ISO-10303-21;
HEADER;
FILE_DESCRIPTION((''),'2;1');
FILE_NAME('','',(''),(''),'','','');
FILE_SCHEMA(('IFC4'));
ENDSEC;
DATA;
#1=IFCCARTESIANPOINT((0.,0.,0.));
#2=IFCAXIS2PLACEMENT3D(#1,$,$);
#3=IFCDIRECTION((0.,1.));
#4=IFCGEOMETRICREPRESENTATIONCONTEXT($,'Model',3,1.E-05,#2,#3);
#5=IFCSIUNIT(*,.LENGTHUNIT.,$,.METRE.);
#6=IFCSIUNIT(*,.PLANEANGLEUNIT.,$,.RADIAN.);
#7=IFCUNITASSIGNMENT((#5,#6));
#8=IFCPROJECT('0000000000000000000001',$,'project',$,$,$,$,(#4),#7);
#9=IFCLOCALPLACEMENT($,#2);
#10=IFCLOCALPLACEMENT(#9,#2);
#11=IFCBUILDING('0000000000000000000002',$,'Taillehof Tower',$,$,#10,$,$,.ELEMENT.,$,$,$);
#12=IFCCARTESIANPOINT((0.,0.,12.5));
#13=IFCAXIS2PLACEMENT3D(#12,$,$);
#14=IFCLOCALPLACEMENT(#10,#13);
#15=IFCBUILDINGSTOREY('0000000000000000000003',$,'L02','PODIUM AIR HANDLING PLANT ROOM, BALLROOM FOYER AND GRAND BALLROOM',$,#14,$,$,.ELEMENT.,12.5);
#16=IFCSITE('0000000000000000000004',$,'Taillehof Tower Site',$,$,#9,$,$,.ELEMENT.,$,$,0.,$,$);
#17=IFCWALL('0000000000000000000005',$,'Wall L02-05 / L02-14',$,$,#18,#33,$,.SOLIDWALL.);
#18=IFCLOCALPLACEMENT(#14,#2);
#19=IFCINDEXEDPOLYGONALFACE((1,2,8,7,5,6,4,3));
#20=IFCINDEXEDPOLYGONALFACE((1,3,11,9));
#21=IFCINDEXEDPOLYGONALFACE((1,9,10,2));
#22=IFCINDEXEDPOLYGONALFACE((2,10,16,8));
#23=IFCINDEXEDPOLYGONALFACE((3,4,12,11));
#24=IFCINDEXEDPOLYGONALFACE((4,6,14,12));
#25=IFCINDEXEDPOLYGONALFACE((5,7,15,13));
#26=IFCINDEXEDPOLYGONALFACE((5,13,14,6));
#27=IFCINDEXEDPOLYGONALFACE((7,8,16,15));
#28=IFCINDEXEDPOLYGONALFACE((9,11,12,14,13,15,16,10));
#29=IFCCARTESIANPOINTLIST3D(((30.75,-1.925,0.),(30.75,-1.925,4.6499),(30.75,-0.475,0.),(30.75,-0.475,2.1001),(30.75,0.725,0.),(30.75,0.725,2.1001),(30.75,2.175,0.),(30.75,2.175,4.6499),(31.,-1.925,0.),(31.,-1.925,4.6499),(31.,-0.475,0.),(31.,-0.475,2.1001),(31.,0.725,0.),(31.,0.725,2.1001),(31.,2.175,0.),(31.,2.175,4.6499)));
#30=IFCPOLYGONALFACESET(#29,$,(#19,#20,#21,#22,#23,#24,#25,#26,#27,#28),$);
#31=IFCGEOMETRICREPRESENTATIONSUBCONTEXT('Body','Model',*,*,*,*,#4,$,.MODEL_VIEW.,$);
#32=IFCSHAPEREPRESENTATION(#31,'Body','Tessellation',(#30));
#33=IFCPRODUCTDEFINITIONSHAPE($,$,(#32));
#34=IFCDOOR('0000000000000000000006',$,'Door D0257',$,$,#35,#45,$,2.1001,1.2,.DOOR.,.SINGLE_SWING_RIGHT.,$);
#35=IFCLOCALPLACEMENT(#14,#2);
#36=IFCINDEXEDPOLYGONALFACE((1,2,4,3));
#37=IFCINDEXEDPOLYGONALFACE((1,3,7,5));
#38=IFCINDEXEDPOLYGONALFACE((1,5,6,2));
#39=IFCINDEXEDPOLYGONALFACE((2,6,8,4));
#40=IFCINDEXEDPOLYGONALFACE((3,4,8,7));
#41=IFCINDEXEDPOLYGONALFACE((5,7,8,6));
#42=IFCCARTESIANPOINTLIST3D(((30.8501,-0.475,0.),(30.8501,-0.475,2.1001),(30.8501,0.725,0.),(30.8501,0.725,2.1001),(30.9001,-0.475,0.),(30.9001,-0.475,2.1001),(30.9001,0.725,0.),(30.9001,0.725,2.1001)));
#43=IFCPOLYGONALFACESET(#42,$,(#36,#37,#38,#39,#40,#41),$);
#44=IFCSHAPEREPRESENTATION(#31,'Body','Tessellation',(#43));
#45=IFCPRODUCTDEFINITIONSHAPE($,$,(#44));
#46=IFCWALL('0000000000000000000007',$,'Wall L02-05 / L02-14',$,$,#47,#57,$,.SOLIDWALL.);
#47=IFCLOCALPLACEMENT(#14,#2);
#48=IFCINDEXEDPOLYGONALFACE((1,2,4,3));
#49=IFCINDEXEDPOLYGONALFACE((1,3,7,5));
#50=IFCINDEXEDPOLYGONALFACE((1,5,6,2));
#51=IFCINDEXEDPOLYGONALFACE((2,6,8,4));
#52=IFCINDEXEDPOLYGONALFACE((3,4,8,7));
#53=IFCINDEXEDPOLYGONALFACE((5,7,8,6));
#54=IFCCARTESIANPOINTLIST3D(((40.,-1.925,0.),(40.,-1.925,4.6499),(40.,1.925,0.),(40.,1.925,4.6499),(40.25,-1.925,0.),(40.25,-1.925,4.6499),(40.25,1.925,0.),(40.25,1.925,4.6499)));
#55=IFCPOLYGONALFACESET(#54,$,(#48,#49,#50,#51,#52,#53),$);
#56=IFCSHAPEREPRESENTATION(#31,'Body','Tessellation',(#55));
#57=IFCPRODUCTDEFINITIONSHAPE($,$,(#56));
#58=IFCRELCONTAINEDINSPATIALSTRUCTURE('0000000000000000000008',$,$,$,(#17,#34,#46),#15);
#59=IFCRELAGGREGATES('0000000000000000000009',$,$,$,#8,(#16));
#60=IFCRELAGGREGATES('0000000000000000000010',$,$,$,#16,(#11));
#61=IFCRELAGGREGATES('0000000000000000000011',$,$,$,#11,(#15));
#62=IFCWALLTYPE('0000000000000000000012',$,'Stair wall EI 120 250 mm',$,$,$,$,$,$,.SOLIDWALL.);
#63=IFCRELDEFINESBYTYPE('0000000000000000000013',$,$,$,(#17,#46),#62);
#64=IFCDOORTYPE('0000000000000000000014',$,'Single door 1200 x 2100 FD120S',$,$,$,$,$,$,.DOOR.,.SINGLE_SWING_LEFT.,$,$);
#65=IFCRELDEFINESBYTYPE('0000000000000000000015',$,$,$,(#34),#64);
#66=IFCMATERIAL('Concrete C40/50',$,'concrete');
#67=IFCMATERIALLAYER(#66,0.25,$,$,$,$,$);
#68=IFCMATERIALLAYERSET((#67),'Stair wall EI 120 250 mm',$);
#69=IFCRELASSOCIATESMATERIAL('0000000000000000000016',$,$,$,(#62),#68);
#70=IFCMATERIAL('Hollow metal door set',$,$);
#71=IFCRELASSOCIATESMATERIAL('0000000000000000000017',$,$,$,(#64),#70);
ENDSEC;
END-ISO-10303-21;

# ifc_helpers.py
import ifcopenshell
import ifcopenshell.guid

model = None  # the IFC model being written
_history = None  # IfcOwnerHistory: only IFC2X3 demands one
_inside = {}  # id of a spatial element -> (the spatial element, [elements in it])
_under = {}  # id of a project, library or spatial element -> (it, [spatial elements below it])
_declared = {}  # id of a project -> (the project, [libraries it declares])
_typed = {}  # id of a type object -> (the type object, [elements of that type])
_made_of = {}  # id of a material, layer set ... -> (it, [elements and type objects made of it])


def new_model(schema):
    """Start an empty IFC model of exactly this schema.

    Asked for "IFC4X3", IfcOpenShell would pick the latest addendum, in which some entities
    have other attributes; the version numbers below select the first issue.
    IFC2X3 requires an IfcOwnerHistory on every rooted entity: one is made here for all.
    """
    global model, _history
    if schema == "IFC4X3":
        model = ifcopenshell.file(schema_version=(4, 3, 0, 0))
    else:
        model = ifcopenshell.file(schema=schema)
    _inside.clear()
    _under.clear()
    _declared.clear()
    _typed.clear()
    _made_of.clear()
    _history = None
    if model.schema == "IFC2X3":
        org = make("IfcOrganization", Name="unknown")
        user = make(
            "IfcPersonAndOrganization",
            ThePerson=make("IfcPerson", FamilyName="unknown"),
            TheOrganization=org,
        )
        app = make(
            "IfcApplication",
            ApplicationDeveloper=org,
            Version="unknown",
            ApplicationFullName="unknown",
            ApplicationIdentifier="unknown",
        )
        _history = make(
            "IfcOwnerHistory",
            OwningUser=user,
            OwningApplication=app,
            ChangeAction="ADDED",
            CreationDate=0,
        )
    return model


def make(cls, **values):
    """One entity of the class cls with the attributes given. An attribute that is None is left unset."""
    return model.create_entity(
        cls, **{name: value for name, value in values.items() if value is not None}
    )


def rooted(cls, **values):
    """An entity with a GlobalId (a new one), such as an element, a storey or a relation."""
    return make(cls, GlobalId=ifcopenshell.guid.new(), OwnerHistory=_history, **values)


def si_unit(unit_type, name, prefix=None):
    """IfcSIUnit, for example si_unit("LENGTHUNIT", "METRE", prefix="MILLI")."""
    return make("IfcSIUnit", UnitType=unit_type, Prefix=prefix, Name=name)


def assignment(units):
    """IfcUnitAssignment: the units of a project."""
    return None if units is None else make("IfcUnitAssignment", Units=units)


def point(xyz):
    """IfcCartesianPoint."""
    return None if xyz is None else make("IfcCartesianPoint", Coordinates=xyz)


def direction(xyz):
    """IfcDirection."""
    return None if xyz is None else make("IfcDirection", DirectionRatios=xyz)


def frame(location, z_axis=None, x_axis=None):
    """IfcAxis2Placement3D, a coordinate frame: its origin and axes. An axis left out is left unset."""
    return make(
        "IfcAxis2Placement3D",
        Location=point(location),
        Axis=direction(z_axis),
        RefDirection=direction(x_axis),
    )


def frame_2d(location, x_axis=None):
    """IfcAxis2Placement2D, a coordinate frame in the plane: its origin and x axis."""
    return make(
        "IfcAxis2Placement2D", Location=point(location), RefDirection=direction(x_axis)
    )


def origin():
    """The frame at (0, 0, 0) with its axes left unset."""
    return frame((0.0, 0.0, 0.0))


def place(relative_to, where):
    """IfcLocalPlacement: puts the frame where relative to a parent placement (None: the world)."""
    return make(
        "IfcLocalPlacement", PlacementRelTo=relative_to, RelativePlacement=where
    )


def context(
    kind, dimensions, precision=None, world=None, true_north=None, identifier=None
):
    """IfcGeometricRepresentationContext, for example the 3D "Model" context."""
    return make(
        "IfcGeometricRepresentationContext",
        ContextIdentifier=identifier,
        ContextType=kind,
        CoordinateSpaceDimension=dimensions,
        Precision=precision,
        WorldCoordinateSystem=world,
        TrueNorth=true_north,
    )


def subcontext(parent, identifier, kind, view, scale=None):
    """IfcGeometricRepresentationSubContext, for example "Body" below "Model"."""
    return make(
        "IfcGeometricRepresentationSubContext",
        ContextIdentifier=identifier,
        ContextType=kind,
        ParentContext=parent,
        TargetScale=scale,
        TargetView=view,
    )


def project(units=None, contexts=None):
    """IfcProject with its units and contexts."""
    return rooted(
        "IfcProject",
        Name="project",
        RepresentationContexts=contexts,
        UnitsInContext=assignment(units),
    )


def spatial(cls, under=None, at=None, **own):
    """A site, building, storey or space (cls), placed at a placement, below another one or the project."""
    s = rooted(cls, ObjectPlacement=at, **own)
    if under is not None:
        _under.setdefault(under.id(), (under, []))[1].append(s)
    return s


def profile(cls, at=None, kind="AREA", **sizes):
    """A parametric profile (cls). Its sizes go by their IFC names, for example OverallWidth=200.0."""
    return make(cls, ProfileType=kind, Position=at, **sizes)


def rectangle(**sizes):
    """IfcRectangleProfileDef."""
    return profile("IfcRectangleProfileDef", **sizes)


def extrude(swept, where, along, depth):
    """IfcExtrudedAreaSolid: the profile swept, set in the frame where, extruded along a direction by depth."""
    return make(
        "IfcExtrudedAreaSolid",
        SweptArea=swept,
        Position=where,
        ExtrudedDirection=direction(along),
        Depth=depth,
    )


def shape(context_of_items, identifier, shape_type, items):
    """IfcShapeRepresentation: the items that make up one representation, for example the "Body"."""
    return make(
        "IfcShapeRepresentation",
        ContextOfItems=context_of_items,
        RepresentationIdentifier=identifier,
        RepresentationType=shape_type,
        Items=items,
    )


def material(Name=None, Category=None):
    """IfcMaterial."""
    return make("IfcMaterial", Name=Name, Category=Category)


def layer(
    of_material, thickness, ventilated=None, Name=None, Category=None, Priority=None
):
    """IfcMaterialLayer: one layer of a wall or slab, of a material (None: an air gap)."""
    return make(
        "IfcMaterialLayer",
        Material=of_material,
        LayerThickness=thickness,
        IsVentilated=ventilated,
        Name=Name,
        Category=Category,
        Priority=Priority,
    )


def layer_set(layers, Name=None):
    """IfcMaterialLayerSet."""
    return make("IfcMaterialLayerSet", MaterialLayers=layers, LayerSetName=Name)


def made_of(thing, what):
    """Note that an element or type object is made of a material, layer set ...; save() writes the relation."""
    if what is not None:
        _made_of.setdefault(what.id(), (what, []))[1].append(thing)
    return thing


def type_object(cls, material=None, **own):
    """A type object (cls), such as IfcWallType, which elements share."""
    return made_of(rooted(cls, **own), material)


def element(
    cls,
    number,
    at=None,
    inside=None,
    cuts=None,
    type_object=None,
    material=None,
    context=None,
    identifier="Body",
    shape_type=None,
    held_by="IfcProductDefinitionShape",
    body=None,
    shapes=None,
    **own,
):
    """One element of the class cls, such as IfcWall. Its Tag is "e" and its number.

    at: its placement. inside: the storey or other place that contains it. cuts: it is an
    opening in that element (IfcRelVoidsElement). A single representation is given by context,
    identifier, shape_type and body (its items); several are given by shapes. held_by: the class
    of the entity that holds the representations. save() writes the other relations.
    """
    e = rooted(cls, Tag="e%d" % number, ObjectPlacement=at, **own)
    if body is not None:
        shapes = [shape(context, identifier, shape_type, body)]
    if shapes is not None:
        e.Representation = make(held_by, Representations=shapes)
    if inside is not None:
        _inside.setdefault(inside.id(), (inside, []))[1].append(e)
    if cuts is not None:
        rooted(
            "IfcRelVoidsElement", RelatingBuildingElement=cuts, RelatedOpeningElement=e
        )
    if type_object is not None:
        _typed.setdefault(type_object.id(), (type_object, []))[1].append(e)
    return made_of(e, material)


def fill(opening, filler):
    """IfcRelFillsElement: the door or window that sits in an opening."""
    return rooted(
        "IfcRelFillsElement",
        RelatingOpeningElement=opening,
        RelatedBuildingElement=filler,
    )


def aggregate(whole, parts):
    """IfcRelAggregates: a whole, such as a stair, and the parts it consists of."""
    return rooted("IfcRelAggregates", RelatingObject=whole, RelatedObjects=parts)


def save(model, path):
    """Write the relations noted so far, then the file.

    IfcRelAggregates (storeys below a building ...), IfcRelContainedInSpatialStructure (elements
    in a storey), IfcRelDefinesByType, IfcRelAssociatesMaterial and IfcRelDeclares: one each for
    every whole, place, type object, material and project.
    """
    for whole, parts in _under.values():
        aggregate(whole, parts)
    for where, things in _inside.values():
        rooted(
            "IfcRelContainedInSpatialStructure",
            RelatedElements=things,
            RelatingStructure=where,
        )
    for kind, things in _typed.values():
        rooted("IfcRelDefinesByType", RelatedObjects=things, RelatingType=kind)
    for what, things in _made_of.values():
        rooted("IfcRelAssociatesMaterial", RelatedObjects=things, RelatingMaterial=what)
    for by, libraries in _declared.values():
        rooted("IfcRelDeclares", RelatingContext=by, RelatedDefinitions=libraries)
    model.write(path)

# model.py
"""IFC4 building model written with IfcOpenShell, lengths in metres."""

from ifc_helpers import new_model, si_unit, direction, frame, frame_2d, origin, place, context, subcontext, project, spatial, rectangle, extrude, material, layer, layer_set, type_object, element, fill, save


model = new_model("IFC4")

# Units and contexts
model_context = context("Model", 3, precision=1e-05, world=origin(), true_north=direction((0.0, 1.0)))
body_context = subcontext(model_context, "Body", "Model", "MODEL_VIEW")
ifc_project = project(units=[si_unit("LENGTHUNIT", "METRE"), si_unit("PLANEANGLEUNIT", "RADIAN")], contexts=[model_context])

# Site, building, storey
site_placement = place(None, origin())
site = spatial("IfcSite", under=ifc_project, at=site_placement, Name="Taillehof Tower Site", CompositionType="ELEMENT", RefElevation=0.0)
building_placement = place(site_placement, origin())
building = spatial("IfcBuilding", under=site, at=building_placement, Name="Taillehof Tower", CompositionType="ELEMENT")
storey_placement = place(building_placement, frame((0.0, 0.0, 12.5)))
storey = spatial("IfcBuildingStorey", under=building, at=storey_placement, Name="L02", Description="PODIUM AIR HANDLING PLANT ROOM, BALLROOM FOYER AND GRAND BALLROOM", CompositionType="ELEMENT", Elevation=12.5)

# Shared definitions
ifc_material_1 = material(Name="Concrete C40/50", Category="concrete")
ifc_layer_1 = layer(ifc_material_1, 0.25)
ifc_layer_set_1 = layer_set([ifc_layer_1], Name="Stair wall EI 120 250 mm")
wall_type_1 = type_object("IfcWallType", Name="Stair wall EI 120 250 mm", PredefinedType="SOLIDWALL", material=ifc_layer_set_1)

# Wall, opening, door
wall_1_placement = place(storey_placement, frame((30.875, -1.925, 0.0), z_axis=(0.0, 0.0, 1.0), x_axis=(0.0, 1.0, 0.0)))
wall_1 = element("IfcWall", 1, at=wall_1_placement, inside=storey, type_object=wall_type_1, Name="Wall L02-05 / L02-14", PredefinedType="SOLIDWALL", context=body_context, shape_type="SweptSolid", body=[
    extrude(rectangle(XDim=4.1001, YDim=0.25, at=frame_2d((2.05, 0.0))), origin(), (0.0, 0.0, 1.0), 4.6499),
])
opening_1_placement = place(wall_1_placement, frame((1.45, 0.0, 0.0)))
opening_1 = element("IfcOpeningElement", 2, at=opening_1_placement, cuts=wall_1, PredefinedType="OPENING", context=body_context, shape_type="SweptSolid", body=[
    extrude(rectangle(XDim=1.2, YDim=2.1001, at=frame_2d((0.6001, 1.05))), frame((0.0, 0.135, 0.0), z_axis=(0.0, -1.0, 0.0), x_axis=(1.0, 0.0, 0.0)), (0.0, 0.0, 1.0), 0.27),
])
ifc_material_2 = material(Name="Hollow metal door set")
door_type_1 = type_object("IfcDoorType", Name="Single door 1200 x 2100 FD120S", OperationType="SINGLE_SWING_LEFT", PredefinedType="DOOR", material=ifc_material_2)
door_1_placement = place(opening_1_placement, origin())
door_1 = element("IfcDoor", 3, at=door_1_placement, inside=storey, type_object=door_type_1, Name="Door D0257", OperationType="SINGLE_SWING_RIGHT", OverallHeight=2.1001, OverallWidth=1.2, PredefinedType="DOOR", context=body_context, shape_type="SweptSolid", body=[
    extrude(rectangle(XDim=1.2, YDim=2.1001, at=frame_2d((0.6001, 1.05))), frame((0.0, 0.0249, 0.0), z_axis=(0.0, -1.0, 0.0), x_axis=(1.0, 0.0, 0.0)), (0.0, 0.0, 1.0), 0.05),
])
fill(opening_1, door_1)

# Wall
wall_2_placement = place(storey_placement, frame((40.125, -1.925, 0.0), z_axis=(0.0, 0.0, 1.0), x_axis=(0.0, 1.0, 0.0)))
element("IfcWall", 4, at=wall_2_placement, inside=storey, type_object=wall_type_1, Name="Wall L02-05 / L02-14", PredefinedType="SOLIDWALL", context=body_context, shape_type="SweptSolid", body=[
    extrude(rectangle(XDim=3.8501, YDim=0.25, at=frame_2d((1.925, 0.0))), origin(), (0.0, 0.0, 1.0), 4.6499),
])

save(model, "model.ifc")
